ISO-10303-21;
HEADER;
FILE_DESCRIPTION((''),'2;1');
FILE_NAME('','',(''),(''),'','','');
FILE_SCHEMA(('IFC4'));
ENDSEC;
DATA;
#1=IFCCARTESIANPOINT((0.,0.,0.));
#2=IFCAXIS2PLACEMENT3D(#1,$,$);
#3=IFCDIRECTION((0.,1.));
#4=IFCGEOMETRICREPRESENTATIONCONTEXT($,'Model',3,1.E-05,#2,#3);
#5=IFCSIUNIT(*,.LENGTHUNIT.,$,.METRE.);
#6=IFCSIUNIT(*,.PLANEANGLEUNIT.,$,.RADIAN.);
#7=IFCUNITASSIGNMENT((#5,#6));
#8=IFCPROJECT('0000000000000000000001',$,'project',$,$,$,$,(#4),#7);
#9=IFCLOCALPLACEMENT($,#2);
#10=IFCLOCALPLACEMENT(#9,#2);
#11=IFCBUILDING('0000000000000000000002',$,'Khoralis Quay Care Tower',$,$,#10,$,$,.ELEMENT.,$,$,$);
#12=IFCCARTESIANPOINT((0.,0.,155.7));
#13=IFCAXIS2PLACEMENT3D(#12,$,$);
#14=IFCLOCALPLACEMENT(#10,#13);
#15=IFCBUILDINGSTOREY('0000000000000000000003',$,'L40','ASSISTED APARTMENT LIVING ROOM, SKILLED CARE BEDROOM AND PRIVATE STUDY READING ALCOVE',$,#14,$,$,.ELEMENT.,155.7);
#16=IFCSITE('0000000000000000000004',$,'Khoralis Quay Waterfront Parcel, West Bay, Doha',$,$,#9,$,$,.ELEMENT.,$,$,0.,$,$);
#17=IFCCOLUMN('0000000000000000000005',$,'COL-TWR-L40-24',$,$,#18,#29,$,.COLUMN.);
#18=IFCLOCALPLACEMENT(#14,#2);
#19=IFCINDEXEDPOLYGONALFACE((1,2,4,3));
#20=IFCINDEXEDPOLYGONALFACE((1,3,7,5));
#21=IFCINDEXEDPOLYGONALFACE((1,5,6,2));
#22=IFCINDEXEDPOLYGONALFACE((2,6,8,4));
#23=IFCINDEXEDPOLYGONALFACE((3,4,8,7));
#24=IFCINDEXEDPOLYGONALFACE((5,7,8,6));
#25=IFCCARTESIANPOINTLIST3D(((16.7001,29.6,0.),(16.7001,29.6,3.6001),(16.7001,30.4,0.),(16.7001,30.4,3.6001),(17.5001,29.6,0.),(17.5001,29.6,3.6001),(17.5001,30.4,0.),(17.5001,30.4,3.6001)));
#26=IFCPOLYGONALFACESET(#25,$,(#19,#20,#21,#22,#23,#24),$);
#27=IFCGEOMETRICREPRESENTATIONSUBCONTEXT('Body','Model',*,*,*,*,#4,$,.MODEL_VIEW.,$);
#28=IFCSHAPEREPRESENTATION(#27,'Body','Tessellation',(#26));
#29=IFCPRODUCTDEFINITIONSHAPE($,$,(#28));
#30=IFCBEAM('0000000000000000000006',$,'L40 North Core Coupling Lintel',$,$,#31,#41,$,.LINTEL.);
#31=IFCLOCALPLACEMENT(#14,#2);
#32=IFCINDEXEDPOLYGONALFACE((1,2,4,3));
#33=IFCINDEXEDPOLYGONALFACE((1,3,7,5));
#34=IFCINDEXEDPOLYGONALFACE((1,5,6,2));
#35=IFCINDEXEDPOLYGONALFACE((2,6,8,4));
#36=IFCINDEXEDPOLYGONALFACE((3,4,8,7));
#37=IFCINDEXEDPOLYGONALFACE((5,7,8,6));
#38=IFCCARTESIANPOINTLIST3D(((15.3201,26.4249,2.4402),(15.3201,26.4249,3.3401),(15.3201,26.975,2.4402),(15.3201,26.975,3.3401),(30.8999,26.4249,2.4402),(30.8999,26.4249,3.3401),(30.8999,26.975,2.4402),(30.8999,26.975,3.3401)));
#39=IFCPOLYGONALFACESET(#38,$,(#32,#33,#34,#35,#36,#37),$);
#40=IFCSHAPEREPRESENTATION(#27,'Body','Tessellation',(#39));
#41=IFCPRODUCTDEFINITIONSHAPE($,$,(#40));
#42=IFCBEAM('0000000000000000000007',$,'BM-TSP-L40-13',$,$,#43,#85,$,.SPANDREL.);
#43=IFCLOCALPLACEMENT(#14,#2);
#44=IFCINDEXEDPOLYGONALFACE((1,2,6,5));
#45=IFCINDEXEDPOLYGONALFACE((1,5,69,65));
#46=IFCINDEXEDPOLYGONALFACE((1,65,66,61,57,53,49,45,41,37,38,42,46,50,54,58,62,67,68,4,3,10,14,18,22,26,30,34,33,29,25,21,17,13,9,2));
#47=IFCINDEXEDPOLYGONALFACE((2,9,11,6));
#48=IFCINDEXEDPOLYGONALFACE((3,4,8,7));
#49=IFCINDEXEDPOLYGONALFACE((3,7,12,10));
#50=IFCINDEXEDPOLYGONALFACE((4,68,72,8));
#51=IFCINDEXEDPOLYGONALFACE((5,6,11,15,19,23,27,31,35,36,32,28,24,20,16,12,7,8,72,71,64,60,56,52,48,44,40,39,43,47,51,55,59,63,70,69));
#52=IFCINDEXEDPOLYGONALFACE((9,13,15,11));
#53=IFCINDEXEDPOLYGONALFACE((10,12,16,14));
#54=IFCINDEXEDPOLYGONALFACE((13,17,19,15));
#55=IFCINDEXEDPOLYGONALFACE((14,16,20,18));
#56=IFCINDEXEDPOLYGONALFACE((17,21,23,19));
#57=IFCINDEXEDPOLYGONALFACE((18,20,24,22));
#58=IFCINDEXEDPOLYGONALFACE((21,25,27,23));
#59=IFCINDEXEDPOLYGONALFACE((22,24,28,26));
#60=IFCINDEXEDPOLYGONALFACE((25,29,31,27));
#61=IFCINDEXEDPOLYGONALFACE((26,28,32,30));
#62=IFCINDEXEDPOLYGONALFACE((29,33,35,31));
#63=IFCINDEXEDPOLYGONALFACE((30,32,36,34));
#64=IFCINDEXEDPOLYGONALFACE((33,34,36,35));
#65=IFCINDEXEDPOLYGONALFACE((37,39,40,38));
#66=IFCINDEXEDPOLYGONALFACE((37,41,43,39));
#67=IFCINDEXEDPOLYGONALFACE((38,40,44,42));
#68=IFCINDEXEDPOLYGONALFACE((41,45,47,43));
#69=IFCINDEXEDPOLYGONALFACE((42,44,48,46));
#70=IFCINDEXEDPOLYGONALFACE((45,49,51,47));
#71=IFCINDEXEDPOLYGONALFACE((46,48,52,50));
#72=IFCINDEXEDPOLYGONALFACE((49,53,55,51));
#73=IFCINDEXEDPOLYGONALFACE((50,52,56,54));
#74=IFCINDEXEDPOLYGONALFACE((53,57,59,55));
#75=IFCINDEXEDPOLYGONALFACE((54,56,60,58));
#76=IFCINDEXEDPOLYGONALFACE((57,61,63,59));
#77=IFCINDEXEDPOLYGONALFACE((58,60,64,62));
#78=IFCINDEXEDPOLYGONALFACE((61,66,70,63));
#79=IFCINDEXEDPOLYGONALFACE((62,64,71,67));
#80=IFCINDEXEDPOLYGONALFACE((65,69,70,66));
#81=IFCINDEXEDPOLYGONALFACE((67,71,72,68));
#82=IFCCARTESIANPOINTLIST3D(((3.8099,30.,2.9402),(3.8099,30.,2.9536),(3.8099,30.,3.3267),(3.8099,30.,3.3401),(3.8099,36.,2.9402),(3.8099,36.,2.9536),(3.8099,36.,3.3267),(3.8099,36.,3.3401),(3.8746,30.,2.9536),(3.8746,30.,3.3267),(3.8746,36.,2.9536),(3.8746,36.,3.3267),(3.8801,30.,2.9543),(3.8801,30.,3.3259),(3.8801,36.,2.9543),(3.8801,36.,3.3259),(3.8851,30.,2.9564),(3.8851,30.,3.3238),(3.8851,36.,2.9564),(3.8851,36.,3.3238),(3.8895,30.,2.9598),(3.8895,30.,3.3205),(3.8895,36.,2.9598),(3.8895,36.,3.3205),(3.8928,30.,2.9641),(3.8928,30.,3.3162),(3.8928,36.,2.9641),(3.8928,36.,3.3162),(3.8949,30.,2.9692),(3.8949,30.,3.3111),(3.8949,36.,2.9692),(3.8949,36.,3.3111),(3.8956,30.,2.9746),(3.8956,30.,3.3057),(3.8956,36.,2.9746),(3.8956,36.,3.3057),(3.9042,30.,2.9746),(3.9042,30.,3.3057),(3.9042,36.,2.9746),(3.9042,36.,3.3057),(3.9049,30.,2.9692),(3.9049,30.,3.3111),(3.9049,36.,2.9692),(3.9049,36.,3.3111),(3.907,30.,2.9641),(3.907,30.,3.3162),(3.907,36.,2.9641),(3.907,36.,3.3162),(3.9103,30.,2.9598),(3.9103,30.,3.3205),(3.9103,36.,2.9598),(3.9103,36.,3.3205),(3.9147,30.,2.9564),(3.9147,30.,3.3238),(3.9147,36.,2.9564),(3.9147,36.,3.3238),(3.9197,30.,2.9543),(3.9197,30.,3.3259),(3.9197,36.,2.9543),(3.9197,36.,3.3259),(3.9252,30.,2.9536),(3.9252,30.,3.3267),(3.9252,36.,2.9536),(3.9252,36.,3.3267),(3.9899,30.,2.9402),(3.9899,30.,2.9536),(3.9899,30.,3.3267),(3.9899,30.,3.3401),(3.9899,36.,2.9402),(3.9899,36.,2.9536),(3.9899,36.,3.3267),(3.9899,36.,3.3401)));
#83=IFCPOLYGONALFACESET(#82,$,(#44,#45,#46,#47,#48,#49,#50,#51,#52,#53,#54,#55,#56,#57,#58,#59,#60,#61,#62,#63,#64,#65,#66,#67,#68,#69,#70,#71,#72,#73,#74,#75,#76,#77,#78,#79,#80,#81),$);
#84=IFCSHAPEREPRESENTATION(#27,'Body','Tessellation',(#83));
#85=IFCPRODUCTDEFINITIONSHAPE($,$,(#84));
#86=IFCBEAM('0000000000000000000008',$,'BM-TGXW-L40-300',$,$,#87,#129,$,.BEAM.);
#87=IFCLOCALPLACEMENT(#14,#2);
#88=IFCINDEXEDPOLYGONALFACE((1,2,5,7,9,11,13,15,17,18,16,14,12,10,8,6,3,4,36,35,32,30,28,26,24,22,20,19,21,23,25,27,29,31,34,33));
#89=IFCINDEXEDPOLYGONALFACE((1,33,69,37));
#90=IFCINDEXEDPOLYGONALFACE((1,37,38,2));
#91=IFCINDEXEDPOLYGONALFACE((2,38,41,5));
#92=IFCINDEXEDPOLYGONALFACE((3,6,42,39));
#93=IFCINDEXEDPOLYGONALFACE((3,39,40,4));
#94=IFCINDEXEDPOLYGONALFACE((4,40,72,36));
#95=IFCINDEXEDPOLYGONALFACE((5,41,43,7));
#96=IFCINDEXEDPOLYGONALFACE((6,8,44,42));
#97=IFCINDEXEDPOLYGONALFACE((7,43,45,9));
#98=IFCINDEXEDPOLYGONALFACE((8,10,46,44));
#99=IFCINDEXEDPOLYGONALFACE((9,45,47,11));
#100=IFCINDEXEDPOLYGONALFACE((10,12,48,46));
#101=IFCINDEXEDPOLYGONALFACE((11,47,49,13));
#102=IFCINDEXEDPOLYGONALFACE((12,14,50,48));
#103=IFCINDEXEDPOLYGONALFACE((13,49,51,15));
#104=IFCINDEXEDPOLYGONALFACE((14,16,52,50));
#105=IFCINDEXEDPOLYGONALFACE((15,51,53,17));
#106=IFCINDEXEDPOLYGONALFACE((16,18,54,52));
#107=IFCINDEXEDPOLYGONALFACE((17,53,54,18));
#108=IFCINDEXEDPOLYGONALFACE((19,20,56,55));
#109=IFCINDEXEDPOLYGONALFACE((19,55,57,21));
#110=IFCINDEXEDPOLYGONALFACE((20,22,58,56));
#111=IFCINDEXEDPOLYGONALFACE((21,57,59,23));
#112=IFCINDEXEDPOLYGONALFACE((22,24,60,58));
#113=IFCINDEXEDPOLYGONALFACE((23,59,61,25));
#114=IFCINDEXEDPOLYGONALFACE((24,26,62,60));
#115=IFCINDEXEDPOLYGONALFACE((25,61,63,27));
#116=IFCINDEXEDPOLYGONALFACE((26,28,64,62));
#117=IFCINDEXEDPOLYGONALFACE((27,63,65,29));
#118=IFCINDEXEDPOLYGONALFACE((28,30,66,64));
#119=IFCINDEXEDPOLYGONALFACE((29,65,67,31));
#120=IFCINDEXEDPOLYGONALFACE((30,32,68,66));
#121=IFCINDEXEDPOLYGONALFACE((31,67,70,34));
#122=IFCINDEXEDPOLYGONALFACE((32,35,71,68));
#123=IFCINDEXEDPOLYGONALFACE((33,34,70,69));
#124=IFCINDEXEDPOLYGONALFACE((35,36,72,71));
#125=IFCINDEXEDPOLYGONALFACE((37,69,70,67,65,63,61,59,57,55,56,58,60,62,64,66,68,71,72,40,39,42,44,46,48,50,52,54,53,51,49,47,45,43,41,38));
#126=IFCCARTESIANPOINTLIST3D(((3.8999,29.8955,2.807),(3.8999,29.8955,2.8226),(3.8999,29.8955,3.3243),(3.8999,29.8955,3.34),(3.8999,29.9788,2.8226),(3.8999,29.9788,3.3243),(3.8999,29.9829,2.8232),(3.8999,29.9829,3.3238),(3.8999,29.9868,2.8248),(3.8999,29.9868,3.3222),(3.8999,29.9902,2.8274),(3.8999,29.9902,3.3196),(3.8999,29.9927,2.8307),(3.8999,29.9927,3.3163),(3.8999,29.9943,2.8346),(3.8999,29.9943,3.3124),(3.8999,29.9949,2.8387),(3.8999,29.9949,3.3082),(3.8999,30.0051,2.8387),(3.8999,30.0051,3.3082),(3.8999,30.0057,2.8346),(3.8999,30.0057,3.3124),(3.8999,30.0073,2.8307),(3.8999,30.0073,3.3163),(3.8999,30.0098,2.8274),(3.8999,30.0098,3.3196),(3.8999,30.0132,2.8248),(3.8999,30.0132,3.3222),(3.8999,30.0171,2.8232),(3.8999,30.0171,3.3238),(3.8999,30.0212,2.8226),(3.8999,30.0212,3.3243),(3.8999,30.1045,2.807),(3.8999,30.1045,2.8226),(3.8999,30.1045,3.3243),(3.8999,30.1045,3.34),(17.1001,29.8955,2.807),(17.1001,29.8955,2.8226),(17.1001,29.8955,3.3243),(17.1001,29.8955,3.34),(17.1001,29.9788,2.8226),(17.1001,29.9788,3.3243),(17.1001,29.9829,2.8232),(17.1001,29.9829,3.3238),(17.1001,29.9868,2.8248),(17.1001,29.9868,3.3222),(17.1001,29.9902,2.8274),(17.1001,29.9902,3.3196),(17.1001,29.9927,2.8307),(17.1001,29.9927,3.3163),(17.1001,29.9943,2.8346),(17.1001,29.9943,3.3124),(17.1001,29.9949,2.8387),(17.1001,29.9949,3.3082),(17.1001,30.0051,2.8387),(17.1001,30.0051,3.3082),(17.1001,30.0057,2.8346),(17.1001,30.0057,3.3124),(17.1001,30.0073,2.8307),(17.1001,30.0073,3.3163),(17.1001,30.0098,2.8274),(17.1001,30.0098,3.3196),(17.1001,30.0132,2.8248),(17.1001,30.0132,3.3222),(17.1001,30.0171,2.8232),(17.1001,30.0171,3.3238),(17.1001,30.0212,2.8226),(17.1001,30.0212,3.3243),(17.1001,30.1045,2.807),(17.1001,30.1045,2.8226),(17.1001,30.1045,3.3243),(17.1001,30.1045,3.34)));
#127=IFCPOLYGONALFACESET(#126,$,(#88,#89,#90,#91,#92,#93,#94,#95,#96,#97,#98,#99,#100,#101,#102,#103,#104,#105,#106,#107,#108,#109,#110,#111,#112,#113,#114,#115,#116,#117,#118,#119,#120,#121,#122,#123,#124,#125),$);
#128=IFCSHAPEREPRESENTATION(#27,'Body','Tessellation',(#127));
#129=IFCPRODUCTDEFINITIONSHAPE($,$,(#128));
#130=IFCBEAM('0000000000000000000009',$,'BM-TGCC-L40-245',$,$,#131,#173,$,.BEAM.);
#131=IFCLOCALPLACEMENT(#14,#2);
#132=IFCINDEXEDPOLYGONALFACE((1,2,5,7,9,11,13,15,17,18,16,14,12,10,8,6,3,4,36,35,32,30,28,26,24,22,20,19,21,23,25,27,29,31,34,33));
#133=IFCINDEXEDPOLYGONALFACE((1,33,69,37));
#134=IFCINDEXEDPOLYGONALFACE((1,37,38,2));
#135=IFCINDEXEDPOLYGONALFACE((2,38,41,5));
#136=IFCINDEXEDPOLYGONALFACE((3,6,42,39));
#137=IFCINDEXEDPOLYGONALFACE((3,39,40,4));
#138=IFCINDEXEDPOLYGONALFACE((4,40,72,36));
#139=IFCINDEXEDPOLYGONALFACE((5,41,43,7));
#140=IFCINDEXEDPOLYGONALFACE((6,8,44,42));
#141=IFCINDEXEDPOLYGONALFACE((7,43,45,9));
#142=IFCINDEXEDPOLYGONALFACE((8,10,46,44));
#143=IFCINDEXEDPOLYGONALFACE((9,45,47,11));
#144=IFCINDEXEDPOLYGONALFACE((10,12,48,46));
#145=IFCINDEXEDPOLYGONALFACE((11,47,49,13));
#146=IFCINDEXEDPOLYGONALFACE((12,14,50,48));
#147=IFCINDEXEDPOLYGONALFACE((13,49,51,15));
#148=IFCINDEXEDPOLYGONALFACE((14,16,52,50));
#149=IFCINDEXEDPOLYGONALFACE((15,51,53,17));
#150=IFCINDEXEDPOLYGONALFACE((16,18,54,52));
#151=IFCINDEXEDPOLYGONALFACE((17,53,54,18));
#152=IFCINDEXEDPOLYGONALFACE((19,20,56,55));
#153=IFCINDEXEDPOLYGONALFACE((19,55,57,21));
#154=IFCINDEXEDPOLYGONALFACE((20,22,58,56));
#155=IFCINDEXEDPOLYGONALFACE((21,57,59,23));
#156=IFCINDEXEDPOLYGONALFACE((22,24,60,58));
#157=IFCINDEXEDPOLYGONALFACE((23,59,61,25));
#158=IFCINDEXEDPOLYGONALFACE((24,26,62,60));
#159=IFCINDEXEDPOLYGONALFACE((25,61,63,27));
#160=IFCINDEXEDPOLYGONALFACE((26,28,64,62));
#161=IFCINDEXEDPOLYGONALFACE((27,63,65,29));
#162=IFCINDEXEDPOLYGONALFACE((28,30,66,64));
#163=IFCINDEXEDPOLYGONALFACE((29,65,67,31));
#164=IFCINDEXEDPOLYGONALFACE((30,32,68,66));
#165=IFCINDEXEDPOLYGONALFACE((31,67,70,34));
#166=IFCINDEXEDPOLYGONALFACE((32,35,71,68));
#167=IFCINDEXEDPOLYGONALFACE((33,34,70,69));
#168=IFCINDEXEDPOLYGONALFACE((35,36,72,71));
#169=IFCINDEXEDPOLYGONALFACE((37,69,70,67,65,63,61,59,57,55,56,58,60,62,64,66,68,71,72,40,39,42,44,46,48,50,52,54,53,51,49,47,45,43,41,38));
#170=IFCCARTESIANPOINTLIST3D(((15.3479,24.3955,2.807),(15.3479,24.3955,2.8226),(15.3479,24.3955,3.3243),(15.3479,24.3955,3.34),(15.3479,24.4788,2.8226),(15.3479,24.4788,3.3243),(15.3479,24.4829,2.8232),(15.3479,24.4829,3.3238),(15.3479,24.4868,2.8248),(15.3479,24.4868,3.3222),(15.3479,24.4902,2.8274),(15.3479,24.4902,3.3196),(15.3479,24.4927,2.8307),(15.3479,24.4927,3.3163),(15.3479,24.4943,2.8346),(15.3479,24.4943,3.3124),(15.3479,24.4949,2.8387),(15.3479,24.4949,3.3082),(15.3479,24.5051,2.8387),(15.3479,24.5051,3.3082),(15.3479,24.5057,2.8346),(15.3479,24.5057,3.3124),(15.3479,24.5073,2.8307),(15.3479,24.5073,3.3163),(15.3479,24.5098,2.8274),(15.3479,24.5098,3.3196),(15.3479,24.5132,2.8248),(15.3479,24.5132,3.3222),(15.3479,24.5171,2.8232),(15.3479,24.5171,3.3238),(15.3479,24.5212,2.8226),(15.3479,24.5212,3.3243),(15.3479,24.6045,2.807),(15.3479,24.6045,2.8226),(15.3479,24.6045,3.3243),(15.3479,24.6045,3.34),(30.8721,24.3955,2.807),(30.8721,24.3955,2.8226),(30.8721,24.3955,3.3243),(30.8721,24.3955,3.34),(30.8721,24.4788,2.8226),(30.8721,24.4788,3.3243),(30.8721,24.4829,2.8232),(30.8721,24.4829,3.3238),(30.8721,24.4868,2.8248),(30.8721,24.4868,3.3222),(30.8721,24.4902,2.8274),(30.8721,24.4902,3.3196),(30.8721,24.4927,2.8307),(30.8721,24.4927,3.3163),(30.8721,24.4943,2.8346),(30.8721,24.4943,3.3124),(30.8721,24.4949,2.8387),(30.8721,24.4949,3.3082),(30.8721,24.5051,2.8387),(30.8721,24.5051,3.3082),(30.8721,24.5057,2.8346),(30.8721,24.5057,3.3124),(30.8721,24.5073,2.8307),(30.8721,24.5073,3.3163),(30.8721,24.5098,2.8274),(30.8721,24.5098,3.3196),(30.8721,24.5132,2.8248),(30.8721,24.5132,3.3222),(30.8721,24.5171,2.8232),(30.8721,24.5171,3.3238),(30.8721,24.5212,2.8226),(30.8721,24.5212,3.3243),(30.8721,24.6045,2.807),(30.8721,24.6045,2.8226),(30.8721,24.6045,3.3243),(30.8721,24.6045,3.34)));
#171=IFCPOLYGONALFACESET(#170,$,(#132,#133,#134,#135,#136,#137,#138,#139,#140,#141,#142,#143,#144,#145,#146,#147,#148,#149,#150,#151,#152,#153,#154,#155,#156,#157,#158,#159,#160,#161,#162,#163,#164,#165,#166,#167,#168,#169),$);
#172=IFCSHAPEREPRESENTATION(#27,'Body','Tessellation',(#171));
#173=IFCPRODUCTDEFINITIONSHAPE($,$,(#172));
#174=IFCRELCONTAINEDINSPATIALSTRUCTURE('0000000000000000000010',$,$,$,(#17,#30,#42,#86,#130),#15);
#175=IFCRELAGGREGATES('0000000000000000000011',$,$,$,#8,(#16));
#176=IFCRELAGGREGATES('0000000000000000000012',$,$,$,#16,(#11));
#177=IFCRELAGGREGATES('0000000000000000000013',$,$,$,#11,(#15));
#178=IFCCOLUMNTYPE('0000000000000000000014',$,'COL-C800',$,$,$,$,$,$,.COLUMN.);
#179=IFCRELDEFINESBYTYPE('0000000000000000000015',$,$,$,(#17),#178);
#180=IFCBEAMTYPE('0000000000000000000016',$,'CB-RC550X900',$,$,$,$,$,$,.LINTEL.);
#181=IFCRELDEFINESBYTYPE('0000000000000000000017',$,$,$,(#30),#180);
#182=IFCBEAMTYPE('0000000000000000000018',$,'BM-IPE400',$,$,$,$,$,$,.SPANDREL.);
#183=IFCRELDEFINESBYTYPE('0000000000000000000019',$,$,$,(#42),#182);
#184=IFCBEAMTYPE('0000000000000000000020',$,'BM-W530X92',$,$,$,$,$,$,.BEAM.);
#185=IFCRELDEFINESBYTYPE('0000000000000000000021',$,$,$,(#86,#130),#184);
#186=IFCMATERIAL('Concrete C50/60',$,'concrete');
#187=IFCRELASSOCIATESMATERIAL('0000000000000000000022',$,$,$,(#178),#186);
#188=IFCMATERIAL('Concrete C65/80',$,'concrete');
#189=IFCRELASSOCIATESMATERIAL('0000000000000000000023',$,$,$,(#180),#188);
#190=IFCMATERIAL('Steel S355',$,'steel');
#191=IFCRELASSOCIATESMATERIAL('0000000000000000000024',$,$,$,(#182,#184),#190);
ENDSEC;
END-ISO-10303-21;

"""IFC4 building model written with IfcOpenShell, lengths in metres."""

from ifc_helpers import new_model, si_unit, direction, frame, origin, origin_2d, place, context, subcontext, project, spatial, rectangle, i_section, extrude, source, transform, mapped, material, material_profile, profile_set, type_object, element, save


model = new_model("IFC4")

# Units and contexts
model_context = context("Model", 3, precision=1e-05, world=origin(), true_north=direction((0.0, 1.0)))
body_context = subcontext(model_context, "Body", "Model", "MODEL_VIEW")
ifc_project = project(units=[si_unit("LENGTHUNIT", "METRE"), si_unit("PLANEANGLEUNIT", "RADIAN")], contexts=[model_context])

# Site, building, storey
site_placement = place(None, origin())
site = spatial("IfcSite", under=ifc_project, at=site_placement, Name="Khoralis Quay Waterfront Parcel, West Bay, Doha", CompositionType="ELEMENT", RefElevation=0.0)
building_placement = place(site_placement, origin())
building = spatial("IfcBuilding", under=site, at=building_placement, Name="Khoralis Quay Care Tower", CompositionType="ELEMENT")
storey_placement = place(building_placement, frame((0.0, 0.0, 155.7)))
storey = spatial("IfcBuildingStorey", under=building, at=storey_placement, Name="L40", Description="ASSISTED APARTMENT LIVING ROOM, SKILLED CARE BEDROOM AND PRIVATE STUDY READING ALCOVE", CompositionType="ELEMENT", Elevation=155.7)

# Column
ifc_material_1 = material(Name="Concrete C50/60", Category="concrete")
ifc_material_profile_1 = material_profile(ifc_material_1, rectangle(XDim=0.8, YDim=0.8, at=origin_2d()), Name="Concrete C50/60")
ifc_profile_set_1 = profile_set([ifc_material_profile_1], Name="Concrete C50/60")
column_type = type_object("IfcColumnType", Name="COL-C800", PredefinedType="COLUMN", material=ifc_profile_set_1)
shared_shape_1 = source(origin(), body_context, "Body", "SweptSolid", [
    extrude(rectangle(XDim=0.8, YDim=0.8, at=origin_2d()), origin(), (0.0, 0.0, 1.0), 3.6001),
])
column_placement = place(storey_placement, frame((17.1001, 30.0, 0.0), z_axis=(0.0, 0.0, 1.0), x_axis=(1.0, 0.0, 0.0)))
element("IfcColumn", 1, at=column_placement, inside=storey, type_object=column_type, Name="COL-TWR-L40-24", PredefinedType="COLUMN", context=body_context, shape_type="MappedRepresentation", body=[
    mapped(shared_shape_1, transform((0.0, 0.0, 0.0), scale=1.0)),
])

# Beams
ifc_material_2 = material(Name="Concrete C65/80", Category="concrete")
ifc_material_profile_2 = material_profile(ifc_material_2, rectangle(XDim=0.55, YDim=0.8999, at=origin_2d()), Name="Concrete C65/80")
ifc_profile_set_2 = profile_set([ifc_material_profile_2], Name="Concrete C65/80")
beam_type_1 = type_object("IfcBeamType", Name="CB-RC550X900", PredefinedType="LINTEL", material=ifc_profile_set_2)
shared_shape_2 = source(origin(), body_context, "Body", "SweptSolid", [
    extrude(rectangle(XDim=0.55, YDim=0.8999, at=origin_2d()), origin(), (0.0, 0.0, 1.0), 15.5798),
])
beam_1_placement = place(storey_placement, frame((15.3201, 26.7, 2.8901), z_axis=(1.0, 0.0, 0.0), x_axis=(0.0, 1.0, 0.0)))
element("IfcBeam", 2, at=beam_1_placement, inside=storey, type_object=beam_type_1, Name="L40 North Core Coupling Lintel", PredefinedType="LINTEL", context=body_context, shape_type="MappedRepresentation", body=[
    mapped(shared_shape_2, transform((0.0, 0.0, 0.0), scale=1.0)),
])
ifc_material_3 = material(Name="Steel S355", Category="steel")
ifc_material_profile_3 = material_profile(ifc_material_3, i_section(OverallWidth=0.1799, OverallDepth=0.3999, WebThickness=0.0085, FlangeThickness=0.0134, FilletRadius=0.021, at=origin_2d()), Name="Steel S355")
ifc_profile_set_3 = profile_set([ifc_material_profile_3], Name="Steel S355")
beam_type_2 = type_object("IfcBeamType", Name="BM-IPE400", PredefinedType="SPANDREL", material=ifc_profile_set_3)
shared_shape_3 = source(origin(), body_context, "Body", "SweptSolid", [
    extrude(i_section(OverallWidth=0.1799, OverallDepth=0.3999, WebThickness=0.0085, FlangeThickness=0.0134, FilletRadius=0.021, at=origin_2d()), origin(), (0.0, 0.0, 1.0), 6.0),
])
beam_2_placement = place(storey_placement, frame((3.8999, 30.0, 3.1401), z_axis=(0.0, 1.0, 0.0), x_axis=(-1.0, 0.0, 0.0)))
element("IfcBeam", 3, at=beam_2_placement, inside=storey, type_object=beam_type_2, Name="BM-TSP-L40-13", PredefinedType="SPANDREL", context=body_context, shape_type="MappedRepresentation", body=[
    mapped(shared_shape_3, transform((0.0, 0.0, 0.0), scale=1.0)),
])
ifc_material_profile_4 = material_profile(ifc_material_3, i_section(OverallWidth=0.209, OverallDepth=0.533, WebThickness=0.0103, FlangeThickness=0.0156, FilletRadius=0.0161, at=origin_2d()), Name="Steel S355")
ifc_profile_set_4 = profile_set([ifc_material_profile_4], Name="Steel S355")
beam_type_3 = type_object("IfcBeamType", Name="BM-W530X92", PredefinedType="BEAM", material=ifc_profile_set_4)
shared_shape_4 = source(origin(), body_context, "Body", "SweptSolid", [
    extrude(i_section(OverallWidth=0.209, OverallDepth=0.533, WebThickness=0.0103, FlangeThickness=0.0156, FilletRadius=0.0161, at=origin_2d()), origin(), (0.0, 0.0, 1.0), 13.2002),
])
beam_3_placement = place(storey_placement, frame((3.8999, 30.0, 3.0735), z_axis=(1.0, 0.0, 0.0), x_axis=(0.0, 1.0, 0.0)))
element("IfcBeam", 4, at=beam_3_placement, inside=storey, type_object=beam_type_3, Name="BM-TGXW-L40-300", PredefinedType="BEAM", context=body_context, shape_type="MappedRepresentation", body=[
    mapped(shared_shape_4, transform((0.0, 0.0, 0.0), scale=1.0)),
])
shared_shape_5 = source(origin(), body_context, "Body", "SweptSolid", [
    extrude(i_section(OverallWidth=0.209, OverallDepth=0.533, WebThickness=0.0103, FlangeThickness=0.0156, FilletRadius=0.0161, at=origin_2d()), origin(), (0.0, 0.0, 1.0), 15.5242),
])
beam_4_placement = place(storey_placement, frame((15.3479, 24.5, 3.0735), z_axis=(1.0, 0.0, 0.0), x_axis=(0.0, 1.0, 0.0)))
element("IfcBeam", 5, at=beam_4_placement, inside=storey, type_object=beam_type_3, Name="BM-TGCC-L40-245", PredefinedType="BEAM", context=body_context, shape_type="MappedRepresentation", body=[
    mapped(shared_shape_5, transform((0.0, 0.0, 0.0), scale=1.0)),
])

save(model, "model.ifc")
